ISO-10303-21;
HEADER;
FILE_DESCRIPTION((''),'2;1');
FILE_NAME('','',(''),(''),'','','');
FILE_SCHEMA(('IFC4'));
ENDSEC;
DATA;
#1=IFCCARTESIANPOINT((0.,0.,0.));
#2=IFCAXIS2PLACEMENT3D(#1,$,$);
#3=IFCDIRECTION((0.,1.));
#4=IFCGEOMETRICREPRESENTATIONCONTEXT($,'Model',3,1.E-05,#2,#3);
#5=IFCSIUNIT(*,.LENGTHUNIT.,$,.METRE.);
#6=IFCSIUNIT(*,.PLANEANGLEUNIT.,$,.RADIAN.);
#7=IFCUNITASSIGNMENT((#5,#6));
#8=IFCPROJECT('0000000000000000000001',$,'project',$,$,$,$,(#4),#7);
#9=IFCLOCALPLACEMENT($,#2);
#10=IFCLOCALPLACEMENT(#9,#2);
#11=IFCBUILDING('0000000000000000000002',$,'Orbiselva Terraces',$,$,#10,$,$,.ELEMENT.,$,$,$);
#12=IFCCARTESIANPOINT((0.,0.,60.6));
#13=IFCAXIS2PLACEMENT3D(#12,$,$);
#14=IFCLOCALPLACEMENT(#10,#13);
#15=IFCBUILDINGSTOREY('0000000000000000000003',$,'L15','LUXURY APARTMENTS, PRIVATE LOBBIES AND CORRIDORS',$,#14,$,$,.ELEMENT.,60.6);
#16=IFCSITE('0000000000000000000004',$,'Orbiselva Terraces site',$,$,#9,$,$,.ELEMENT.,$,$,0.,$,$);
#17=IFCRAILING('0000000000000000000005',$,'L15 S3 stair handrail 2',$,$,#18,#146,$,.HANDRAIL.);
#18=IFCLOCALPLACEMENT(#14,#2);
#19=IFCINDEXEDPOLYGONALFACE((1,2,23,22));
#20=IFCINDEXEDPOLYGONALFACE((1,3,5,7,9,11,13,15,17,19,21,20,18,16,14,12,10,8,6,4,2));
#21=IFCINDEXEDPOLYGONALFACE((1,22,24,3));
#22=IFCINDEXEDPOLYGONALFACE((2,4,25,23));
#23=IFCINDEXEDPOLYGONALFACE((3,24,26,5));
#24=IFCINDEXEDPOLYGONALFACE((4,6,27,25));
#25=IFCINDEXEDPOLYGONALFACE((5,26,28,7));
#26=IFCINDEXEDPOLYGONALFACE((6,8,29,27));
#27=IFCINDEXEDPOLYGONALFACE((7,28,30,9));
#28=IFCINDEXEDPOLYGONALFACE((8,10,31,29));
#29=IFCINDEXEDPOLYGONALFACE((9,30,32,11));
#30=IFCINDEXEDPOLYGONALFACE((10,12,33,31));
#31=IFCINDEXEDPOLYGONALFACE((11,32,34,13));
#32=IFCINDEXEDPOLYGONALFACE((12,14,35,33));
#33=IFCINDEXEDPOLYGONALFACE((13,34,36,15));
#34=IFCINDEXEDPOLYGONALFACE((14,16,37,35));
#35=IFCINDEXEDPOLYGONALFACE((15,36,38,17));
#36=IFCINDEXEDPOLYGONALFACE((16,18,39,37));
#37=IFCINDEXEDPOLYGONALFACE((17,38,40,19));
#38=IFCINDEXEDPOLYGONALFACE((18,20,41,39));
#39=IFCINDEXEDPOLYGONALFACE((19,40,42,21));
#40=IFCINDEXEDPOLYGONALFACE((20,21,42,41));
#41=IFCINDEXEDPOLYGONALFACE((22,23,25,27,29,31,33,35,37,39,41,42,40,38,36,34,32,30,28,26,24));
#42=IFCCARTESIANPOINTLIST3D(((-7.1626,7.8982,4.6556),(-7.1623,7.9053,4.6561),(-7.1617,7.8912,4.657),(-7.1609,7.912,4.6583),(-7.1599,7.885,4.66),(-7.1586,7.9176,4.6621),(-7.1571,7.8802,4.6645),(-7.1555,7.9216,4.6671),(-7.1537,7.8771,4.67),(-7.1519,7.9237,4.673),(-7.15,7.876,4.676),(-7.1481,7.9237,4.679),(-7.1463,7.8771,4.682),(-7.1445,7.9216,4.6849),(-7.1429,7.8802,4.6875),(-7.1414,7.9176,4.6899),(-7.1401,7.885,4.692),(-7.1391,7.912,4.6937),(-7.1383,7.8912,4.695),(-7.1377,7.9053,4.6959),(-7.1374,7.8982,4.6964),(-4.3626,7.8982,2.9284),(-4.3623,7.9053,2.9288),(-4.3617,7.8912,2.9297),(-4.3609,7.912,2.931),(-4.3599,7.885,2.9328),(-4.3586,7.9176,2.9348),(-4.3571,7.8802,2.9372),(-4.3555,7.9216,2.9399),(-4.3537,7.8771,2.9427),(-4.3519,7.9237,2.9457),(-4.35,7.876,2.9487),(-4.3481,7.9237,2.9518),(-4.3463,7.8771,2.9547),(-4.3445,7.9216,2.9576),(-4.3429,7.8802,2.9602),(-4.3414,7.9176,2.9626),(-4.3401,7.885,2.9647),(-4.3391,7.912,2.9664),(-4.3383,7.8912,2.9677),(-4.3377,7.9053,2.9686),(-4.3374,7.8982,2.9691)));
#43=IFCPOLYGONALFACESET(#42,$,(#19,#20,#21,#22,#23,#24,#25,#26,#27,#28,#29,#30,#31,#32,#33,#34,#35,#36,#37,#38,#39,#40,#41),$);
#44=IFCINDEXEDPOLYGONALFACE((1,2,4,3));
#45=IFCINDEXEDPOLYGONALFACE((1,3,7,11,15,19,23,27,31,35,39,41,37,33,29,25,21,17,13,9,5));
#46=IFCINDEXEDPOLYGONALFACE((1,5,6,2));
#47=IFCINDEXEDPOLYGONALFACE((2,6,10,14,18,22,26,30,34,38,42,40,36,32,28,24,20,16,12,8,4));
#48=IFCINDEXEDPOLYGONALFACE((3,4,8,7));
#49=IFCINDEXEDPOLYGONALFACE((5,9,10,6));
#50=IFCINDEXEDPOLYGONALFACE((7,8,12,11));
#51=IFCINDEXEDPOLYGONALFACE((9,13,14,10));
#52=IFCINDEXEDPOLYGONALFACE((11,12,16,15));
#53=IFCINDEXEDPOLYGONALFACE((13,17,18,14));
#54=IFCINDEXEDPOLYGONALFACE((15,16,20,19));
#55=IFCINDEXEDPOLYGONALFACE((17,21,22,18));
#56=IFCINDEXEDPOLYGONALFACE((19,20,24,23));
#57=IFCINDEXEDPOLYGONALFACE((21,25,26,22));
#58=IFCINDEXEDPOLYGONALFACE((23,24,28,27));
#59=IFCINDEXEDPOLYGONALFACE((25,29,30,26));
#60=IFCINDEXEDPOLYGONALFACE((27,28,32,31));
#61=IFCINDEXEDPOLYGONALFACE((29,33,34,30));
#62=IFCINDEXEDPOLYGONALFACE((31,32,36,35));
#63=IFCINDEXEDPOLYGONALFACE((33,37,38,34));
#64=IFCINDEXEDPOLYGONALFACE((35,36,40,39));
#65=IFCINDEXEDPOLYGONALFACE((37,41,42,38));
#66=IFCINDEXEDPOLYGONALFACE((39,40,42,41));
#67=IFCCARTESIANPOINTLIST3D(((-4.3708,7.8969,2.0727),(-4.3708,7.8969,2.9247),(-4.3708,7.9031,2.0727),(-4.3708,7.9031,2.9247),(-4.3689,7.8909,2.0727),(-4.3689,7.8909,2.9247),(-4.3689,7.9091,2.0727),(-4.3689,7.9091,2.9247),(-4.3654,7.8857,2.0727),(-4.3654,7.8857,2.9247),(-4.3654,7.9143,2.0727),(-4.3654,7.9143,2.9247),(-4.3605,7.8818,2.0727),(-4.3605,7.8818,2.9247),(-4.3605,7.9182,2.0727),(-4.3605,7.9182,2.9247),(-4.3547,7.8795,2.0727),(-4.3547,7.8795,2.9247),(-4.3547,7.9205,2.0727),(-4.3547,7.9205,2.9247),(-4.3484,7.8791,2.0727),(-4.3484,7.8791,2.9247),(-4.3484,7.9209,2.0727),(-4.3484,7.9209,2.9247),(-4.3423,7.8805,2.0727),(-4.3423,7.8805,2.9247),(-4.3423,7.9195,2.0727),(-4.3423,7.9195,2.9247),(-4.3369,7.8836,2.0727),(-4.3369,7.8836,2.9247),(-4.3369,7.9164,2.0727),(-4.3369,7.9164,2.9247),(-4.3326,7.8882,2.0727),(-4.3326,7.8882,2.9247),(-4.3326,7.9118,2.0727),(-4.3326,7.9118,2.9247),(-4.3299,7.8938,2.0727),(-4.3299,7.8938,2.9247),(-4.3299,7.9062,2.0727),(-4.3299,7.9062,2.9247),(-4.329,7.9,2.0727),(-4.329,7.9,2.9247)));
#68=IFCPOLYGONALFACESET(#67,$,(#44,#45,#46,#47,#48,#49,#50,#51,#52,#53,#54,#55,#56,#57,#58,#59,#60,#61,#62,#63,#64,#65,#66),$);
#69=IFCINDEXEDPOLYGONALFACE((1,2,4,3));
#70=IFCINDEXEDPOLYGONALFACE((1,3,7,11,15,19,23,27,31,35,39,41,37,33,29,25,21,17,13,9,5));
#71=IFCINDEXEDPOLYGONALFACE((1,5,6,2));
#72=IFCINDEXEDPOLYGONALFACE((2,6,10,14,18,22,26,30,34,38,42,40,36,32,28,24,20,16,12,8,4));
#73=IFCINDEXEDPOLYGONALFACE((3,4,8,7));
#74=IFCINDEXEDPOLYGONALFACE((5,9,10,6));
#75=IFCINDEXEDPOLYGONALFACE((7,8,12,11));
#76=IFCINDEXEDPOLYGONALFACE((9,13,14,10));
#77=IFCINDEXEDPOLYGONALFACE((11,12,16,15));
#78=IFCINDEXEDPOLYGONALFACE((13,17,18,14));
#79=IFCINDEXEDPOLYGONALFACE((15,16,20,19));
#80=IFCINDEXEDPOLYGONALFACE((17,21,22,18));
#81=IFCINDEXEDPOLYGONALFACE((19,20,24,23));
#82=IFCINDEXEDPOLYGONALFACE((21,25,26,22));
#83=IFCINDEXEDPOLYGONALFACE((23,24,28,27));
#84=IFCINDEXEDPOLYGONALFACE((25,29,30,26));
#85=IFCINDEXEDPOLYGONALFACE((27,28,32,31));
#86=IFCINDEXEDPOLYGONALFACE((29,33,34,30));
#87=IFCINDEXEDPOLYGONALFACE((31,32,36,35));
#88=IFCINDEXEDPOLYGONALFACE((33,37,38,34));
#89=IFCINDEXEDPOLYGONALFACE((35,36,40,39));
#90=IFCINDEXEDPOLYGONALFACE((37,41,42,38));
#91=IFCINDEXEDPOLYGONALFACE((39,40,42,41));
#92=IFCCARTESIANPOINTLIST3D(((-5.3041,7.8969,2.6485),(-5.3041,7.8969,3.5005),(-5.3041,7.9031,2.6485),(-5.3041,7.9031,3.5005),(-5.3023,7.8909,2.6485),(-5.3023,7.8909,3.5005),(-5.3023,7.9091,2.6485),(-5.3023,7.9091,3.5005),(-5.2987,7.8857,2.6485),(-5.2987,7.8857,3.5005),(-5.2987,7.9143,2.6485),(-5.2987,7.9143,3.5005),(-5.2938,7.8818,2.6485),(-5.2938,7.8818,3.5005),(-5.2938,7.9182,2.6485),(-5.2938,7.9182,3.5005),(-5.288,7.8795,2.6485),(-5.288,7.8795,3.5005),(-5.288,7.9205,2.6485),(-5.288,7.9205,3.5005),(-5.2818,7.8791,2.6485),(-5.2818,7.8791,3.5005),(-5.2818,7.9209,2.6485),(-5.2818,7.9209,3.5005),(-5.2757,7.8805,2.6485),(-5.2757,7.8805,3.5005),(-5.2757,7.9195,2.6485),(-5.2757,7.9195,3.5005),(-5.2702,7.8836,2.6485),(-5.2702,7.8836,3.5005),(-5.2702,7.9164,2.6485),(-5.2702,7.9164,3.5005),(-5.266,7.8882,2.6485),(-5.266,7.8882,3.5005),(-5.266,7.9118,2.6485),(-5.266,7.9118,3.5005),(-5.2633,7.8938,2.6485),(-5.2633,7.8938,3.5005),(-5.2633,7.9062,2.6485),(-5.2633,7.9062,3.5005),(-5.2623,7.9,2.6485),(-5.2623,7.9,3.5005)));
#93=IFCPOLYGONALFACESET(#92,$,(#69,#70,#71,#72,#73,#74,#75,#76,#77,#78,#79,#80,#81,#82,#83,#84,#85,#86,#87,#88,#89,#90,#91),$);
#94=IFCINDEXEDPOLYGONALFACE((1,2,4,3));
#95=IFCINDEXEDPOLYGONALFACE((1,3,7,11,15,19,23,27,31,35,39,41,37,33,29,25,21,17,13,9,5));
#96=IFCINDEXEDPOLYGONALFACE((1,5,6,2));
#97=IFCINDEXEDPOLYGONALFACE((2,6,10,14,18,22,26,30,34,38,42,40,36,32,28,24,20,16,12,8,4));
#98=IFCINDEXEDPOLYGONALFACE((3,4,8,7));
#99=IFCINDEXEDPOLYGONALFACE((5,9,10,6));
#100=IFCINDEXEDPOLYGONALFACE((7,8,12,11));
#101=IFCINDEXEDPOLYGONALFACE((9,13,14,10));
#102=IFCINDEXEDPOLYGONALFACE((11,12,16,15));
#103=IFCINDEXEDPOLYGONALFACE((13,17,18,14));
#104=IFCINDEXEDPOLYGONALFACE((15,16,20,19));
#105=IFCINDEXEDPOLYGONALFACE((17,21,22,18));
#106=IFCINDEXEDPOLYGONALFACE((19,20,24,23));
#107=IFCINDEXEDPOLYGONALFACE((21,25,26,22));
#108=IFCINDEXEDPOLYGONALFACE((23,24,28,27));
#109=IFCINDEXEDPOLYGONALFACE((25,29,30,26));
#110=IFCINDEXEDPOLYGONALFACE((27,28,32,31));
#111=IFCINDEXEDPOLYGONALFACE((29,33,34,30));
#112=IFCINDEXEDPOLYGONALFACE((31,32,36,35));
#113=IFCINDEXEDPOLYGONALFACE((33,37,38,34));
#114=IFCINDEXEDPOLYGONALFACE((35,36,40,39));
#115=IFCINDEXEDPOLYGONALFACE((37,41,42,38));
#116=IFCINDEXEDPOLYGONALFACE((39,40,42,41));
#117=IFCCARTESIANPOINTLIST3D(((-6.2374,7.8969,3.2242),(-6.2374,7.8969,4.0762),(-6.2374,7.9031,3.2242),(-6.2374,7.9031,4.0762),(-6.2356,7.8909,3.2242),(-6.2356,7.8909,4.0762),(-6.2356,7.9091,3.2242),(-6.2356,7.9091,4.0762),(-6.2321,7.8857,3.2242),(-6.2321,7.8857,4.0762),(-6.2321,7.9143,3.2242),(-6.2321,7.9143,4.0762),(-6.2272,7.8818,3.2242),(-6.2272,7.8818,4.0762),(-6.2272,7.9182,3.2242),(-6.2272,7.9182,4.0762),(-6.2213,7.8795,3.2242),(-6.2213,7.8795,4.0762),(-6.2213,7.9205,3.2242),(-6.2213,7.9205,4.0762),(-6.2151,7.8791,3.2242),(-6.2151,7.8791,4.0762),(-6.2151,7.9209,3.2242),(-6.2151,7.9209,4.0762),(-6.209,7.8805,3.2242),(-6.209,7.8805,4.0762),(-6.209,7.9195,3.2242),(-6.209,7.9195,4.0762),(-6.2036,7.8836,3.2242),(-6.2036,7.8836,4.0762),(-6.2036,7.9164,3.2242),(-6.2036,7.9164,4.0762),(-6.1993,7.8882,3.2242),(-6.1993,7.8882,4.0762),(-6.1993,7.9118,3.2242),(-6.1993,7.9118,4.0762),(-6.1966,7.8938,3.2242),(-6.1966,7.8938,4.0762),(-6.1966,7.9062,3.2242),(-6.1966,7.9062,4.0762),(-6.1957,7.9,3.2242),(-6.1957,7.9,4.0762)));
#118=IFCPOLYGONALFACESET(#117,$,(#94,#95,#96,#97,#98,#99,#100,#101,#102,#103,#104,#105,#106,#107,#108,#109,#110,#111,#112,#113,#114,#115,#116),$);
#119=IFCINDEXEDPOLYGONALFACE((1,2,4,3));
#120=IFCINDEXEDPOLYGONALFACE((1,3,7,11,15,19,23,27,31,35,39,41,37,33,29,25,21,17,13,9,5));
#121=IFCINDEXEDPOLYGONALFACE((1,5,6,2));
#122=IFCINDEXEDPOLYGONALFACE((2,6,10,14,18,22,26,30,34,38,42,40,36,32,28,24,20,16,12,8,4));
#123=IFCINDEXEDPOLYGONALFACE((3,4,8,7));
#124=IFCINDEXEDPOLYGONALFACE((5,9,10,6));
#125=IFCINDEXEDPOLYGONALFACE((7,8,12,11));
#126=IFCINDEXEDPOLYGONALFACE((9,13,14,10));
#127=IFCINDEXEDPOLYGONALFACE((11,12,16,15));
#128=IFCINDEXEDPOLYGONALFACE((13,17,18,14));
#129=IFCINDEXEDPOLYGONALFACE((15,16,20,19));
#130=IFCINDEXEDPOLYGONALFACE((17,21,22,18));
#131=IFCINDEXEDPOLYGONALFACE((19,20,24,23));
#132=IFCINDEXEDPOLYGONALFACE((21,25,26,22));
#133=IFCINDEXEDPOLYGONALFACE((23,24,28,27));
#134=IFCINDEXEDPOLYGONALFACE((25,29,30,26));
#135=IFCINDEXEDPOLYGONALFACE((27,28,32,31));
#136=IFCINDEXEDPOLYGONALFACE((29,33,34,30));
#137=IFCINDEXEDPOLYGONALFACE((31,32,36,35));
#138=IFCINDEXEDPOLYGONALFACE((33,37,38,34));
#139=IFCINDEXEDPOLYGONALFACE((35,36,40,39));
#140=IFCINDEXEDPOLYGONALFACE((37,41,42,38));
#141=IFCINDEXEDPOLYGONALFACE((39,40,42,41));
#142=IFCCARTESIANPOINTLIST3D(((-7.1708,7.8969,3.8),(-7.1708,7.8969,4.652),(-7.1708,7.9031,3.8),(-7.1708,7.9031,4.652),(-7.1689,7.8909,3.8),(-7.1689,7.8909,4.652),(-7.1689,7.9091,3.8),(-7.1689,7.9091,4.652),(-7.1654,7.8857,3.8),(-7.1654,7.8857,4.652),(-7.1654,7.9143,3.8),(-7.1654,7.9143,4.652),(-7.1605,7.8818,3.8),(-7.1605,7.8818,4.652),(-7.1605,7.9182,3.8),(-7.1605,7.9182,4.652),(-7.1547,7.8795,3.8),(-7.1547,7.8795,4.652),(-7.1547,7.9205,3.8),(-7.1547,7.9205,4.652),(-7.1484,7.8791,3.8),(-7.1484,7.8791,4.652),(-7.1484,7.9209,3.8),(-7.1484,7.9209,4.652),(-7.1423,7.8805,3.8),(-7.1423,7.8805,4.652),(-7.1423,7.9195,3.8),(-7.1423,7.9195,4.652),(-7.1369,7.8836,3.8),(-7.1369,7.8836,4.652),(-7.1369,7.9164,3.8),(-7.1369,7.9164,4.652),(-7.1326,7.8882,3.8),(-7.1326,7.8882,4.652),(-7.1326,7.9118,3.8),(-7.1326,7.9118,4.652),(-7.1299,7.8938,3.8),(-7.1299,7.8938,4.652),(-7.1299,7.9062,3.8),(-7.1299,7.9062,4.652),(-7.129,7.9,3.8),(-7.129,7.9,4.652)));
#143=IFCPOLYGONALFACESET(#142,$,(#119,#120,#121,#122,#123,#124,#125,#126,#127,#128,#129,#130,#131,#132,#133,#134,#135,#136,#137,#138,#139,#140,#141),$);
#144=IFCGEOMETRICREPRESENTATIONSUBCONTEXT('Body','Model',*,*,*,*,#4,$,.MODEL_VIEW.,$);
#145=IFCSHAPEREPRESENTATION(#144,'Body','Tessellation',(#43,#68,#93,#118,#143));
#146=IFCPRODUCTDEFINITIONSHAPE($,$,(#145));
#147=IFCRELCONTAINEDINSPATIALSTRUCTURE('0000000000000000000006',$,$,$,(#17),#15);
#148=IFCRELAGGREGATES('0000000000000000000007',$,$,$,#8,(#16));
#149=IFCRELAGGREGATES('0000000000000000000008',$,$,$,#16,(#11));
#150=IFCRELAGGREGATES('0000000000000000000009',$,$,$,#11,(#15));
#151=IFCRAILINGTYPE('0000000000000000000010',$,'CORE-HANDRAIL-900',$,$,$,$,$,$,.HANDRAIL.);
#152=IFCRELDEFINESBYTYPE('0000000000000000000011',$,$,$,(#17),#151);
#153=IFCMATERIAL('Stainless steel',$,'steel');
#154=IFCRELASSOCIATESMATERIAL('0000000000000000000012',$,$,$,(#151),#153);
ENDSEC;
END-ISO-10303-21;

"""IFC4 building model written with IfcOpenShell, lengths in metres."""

from ifc_helpers import new_model, si_unit, direction, frame, origin, origin_2d, place, context, subcontext, project, spatial, circle, extrude, material, type_object, element, save


model = new_model("IFC4")

# Units and contexts
model_context = context("Model", 3, precision=1e-05, world=origin(), true_north=direction((0.0, 1.0)))
body_context = subcontext(model_context, "Body", "Model", "MODEL_VIEW")
ifc_project = project(units=[si_unit("LENGTHUNIT", "METRE"), si_unit("PLANEANGLEUNIT", "RADIAN")], contexts=[model_context])

# Site, building, storey
site_placement = place(None, origin())
site = spatial("IfcSite", under=ifc_project, at=site_placement, Name="Orbiselva Terraces site", CompositionType="ELEMENT", RefElevation=0.0)
building_placement = place(site_placement, origin())
building = spatial("IfcBuilding", under=site, at=building_placement, Name="Orbiselva Terraces", CompositionType="ELEMENT")
storey_placement = place(building_placement, frame((0.0, 0.0, 60.6)))
storey = spatial("IfcBuildingStorey", under=building, at=storey_placement, Name="L15", Description="LUXURY APARTMENTS, PRIVATE LOBBIES AND CORRIDORS", CompositionType="ELEMENT", Elevation=60.6)

# Railing
ifc_material_1 = material(Name="Stainless steel", Category="steel")
railing_type_1 = type_object("IfcRailingType", Name="CORE-HANDRAIL-900", PredefinedType="HANDRAIL", material=ifc_material_1)
railing_1_placement = place(storey_placement, frame((-4.35, 7.9, 2.0727)))
element("IfcRailing", 1, at=railing_1_placement, inside=storey, type_object=railing_type_1, Name="L15 S3 stair handrail 2", PredefinedType="HANDRAIL", context=body_context, shape_type="SweptSolid", body=[
    extrude(circle(Radius=0.024, at=origin_2d()), frame((0.0, 0.0, 0.876), z_axis=(-0.851089, 0.0, 0.525022), x_axis=(0.0, -1.0, 0.0)), (0.0, 0.0, 1.0), 3.2899),
    extrude(circle(Radius=0.021, at=origin_2d()), origin(), (0.0, 0.0, 1.0), 0.852),
    extrude(circle(Radius=0.021, at=origin_2d()), frame((-0.9333, 0.0, 0.5758)), (0.0, 0.0, 1.0), 0.852),
    extrude(circle(Radius=0.021, at=origin_2d()), frame((-1.8667, 0.0, 1.1515)), (0.0, 0.0, 1.0), 0.852),
    extrude(circle(Radius=0.021, at=origin_2d()), frame((-2.8, 0.0, 1.7273)), (0.0, 0.0, 1.0), 0.852),
])

save(model, "model.ifc")
